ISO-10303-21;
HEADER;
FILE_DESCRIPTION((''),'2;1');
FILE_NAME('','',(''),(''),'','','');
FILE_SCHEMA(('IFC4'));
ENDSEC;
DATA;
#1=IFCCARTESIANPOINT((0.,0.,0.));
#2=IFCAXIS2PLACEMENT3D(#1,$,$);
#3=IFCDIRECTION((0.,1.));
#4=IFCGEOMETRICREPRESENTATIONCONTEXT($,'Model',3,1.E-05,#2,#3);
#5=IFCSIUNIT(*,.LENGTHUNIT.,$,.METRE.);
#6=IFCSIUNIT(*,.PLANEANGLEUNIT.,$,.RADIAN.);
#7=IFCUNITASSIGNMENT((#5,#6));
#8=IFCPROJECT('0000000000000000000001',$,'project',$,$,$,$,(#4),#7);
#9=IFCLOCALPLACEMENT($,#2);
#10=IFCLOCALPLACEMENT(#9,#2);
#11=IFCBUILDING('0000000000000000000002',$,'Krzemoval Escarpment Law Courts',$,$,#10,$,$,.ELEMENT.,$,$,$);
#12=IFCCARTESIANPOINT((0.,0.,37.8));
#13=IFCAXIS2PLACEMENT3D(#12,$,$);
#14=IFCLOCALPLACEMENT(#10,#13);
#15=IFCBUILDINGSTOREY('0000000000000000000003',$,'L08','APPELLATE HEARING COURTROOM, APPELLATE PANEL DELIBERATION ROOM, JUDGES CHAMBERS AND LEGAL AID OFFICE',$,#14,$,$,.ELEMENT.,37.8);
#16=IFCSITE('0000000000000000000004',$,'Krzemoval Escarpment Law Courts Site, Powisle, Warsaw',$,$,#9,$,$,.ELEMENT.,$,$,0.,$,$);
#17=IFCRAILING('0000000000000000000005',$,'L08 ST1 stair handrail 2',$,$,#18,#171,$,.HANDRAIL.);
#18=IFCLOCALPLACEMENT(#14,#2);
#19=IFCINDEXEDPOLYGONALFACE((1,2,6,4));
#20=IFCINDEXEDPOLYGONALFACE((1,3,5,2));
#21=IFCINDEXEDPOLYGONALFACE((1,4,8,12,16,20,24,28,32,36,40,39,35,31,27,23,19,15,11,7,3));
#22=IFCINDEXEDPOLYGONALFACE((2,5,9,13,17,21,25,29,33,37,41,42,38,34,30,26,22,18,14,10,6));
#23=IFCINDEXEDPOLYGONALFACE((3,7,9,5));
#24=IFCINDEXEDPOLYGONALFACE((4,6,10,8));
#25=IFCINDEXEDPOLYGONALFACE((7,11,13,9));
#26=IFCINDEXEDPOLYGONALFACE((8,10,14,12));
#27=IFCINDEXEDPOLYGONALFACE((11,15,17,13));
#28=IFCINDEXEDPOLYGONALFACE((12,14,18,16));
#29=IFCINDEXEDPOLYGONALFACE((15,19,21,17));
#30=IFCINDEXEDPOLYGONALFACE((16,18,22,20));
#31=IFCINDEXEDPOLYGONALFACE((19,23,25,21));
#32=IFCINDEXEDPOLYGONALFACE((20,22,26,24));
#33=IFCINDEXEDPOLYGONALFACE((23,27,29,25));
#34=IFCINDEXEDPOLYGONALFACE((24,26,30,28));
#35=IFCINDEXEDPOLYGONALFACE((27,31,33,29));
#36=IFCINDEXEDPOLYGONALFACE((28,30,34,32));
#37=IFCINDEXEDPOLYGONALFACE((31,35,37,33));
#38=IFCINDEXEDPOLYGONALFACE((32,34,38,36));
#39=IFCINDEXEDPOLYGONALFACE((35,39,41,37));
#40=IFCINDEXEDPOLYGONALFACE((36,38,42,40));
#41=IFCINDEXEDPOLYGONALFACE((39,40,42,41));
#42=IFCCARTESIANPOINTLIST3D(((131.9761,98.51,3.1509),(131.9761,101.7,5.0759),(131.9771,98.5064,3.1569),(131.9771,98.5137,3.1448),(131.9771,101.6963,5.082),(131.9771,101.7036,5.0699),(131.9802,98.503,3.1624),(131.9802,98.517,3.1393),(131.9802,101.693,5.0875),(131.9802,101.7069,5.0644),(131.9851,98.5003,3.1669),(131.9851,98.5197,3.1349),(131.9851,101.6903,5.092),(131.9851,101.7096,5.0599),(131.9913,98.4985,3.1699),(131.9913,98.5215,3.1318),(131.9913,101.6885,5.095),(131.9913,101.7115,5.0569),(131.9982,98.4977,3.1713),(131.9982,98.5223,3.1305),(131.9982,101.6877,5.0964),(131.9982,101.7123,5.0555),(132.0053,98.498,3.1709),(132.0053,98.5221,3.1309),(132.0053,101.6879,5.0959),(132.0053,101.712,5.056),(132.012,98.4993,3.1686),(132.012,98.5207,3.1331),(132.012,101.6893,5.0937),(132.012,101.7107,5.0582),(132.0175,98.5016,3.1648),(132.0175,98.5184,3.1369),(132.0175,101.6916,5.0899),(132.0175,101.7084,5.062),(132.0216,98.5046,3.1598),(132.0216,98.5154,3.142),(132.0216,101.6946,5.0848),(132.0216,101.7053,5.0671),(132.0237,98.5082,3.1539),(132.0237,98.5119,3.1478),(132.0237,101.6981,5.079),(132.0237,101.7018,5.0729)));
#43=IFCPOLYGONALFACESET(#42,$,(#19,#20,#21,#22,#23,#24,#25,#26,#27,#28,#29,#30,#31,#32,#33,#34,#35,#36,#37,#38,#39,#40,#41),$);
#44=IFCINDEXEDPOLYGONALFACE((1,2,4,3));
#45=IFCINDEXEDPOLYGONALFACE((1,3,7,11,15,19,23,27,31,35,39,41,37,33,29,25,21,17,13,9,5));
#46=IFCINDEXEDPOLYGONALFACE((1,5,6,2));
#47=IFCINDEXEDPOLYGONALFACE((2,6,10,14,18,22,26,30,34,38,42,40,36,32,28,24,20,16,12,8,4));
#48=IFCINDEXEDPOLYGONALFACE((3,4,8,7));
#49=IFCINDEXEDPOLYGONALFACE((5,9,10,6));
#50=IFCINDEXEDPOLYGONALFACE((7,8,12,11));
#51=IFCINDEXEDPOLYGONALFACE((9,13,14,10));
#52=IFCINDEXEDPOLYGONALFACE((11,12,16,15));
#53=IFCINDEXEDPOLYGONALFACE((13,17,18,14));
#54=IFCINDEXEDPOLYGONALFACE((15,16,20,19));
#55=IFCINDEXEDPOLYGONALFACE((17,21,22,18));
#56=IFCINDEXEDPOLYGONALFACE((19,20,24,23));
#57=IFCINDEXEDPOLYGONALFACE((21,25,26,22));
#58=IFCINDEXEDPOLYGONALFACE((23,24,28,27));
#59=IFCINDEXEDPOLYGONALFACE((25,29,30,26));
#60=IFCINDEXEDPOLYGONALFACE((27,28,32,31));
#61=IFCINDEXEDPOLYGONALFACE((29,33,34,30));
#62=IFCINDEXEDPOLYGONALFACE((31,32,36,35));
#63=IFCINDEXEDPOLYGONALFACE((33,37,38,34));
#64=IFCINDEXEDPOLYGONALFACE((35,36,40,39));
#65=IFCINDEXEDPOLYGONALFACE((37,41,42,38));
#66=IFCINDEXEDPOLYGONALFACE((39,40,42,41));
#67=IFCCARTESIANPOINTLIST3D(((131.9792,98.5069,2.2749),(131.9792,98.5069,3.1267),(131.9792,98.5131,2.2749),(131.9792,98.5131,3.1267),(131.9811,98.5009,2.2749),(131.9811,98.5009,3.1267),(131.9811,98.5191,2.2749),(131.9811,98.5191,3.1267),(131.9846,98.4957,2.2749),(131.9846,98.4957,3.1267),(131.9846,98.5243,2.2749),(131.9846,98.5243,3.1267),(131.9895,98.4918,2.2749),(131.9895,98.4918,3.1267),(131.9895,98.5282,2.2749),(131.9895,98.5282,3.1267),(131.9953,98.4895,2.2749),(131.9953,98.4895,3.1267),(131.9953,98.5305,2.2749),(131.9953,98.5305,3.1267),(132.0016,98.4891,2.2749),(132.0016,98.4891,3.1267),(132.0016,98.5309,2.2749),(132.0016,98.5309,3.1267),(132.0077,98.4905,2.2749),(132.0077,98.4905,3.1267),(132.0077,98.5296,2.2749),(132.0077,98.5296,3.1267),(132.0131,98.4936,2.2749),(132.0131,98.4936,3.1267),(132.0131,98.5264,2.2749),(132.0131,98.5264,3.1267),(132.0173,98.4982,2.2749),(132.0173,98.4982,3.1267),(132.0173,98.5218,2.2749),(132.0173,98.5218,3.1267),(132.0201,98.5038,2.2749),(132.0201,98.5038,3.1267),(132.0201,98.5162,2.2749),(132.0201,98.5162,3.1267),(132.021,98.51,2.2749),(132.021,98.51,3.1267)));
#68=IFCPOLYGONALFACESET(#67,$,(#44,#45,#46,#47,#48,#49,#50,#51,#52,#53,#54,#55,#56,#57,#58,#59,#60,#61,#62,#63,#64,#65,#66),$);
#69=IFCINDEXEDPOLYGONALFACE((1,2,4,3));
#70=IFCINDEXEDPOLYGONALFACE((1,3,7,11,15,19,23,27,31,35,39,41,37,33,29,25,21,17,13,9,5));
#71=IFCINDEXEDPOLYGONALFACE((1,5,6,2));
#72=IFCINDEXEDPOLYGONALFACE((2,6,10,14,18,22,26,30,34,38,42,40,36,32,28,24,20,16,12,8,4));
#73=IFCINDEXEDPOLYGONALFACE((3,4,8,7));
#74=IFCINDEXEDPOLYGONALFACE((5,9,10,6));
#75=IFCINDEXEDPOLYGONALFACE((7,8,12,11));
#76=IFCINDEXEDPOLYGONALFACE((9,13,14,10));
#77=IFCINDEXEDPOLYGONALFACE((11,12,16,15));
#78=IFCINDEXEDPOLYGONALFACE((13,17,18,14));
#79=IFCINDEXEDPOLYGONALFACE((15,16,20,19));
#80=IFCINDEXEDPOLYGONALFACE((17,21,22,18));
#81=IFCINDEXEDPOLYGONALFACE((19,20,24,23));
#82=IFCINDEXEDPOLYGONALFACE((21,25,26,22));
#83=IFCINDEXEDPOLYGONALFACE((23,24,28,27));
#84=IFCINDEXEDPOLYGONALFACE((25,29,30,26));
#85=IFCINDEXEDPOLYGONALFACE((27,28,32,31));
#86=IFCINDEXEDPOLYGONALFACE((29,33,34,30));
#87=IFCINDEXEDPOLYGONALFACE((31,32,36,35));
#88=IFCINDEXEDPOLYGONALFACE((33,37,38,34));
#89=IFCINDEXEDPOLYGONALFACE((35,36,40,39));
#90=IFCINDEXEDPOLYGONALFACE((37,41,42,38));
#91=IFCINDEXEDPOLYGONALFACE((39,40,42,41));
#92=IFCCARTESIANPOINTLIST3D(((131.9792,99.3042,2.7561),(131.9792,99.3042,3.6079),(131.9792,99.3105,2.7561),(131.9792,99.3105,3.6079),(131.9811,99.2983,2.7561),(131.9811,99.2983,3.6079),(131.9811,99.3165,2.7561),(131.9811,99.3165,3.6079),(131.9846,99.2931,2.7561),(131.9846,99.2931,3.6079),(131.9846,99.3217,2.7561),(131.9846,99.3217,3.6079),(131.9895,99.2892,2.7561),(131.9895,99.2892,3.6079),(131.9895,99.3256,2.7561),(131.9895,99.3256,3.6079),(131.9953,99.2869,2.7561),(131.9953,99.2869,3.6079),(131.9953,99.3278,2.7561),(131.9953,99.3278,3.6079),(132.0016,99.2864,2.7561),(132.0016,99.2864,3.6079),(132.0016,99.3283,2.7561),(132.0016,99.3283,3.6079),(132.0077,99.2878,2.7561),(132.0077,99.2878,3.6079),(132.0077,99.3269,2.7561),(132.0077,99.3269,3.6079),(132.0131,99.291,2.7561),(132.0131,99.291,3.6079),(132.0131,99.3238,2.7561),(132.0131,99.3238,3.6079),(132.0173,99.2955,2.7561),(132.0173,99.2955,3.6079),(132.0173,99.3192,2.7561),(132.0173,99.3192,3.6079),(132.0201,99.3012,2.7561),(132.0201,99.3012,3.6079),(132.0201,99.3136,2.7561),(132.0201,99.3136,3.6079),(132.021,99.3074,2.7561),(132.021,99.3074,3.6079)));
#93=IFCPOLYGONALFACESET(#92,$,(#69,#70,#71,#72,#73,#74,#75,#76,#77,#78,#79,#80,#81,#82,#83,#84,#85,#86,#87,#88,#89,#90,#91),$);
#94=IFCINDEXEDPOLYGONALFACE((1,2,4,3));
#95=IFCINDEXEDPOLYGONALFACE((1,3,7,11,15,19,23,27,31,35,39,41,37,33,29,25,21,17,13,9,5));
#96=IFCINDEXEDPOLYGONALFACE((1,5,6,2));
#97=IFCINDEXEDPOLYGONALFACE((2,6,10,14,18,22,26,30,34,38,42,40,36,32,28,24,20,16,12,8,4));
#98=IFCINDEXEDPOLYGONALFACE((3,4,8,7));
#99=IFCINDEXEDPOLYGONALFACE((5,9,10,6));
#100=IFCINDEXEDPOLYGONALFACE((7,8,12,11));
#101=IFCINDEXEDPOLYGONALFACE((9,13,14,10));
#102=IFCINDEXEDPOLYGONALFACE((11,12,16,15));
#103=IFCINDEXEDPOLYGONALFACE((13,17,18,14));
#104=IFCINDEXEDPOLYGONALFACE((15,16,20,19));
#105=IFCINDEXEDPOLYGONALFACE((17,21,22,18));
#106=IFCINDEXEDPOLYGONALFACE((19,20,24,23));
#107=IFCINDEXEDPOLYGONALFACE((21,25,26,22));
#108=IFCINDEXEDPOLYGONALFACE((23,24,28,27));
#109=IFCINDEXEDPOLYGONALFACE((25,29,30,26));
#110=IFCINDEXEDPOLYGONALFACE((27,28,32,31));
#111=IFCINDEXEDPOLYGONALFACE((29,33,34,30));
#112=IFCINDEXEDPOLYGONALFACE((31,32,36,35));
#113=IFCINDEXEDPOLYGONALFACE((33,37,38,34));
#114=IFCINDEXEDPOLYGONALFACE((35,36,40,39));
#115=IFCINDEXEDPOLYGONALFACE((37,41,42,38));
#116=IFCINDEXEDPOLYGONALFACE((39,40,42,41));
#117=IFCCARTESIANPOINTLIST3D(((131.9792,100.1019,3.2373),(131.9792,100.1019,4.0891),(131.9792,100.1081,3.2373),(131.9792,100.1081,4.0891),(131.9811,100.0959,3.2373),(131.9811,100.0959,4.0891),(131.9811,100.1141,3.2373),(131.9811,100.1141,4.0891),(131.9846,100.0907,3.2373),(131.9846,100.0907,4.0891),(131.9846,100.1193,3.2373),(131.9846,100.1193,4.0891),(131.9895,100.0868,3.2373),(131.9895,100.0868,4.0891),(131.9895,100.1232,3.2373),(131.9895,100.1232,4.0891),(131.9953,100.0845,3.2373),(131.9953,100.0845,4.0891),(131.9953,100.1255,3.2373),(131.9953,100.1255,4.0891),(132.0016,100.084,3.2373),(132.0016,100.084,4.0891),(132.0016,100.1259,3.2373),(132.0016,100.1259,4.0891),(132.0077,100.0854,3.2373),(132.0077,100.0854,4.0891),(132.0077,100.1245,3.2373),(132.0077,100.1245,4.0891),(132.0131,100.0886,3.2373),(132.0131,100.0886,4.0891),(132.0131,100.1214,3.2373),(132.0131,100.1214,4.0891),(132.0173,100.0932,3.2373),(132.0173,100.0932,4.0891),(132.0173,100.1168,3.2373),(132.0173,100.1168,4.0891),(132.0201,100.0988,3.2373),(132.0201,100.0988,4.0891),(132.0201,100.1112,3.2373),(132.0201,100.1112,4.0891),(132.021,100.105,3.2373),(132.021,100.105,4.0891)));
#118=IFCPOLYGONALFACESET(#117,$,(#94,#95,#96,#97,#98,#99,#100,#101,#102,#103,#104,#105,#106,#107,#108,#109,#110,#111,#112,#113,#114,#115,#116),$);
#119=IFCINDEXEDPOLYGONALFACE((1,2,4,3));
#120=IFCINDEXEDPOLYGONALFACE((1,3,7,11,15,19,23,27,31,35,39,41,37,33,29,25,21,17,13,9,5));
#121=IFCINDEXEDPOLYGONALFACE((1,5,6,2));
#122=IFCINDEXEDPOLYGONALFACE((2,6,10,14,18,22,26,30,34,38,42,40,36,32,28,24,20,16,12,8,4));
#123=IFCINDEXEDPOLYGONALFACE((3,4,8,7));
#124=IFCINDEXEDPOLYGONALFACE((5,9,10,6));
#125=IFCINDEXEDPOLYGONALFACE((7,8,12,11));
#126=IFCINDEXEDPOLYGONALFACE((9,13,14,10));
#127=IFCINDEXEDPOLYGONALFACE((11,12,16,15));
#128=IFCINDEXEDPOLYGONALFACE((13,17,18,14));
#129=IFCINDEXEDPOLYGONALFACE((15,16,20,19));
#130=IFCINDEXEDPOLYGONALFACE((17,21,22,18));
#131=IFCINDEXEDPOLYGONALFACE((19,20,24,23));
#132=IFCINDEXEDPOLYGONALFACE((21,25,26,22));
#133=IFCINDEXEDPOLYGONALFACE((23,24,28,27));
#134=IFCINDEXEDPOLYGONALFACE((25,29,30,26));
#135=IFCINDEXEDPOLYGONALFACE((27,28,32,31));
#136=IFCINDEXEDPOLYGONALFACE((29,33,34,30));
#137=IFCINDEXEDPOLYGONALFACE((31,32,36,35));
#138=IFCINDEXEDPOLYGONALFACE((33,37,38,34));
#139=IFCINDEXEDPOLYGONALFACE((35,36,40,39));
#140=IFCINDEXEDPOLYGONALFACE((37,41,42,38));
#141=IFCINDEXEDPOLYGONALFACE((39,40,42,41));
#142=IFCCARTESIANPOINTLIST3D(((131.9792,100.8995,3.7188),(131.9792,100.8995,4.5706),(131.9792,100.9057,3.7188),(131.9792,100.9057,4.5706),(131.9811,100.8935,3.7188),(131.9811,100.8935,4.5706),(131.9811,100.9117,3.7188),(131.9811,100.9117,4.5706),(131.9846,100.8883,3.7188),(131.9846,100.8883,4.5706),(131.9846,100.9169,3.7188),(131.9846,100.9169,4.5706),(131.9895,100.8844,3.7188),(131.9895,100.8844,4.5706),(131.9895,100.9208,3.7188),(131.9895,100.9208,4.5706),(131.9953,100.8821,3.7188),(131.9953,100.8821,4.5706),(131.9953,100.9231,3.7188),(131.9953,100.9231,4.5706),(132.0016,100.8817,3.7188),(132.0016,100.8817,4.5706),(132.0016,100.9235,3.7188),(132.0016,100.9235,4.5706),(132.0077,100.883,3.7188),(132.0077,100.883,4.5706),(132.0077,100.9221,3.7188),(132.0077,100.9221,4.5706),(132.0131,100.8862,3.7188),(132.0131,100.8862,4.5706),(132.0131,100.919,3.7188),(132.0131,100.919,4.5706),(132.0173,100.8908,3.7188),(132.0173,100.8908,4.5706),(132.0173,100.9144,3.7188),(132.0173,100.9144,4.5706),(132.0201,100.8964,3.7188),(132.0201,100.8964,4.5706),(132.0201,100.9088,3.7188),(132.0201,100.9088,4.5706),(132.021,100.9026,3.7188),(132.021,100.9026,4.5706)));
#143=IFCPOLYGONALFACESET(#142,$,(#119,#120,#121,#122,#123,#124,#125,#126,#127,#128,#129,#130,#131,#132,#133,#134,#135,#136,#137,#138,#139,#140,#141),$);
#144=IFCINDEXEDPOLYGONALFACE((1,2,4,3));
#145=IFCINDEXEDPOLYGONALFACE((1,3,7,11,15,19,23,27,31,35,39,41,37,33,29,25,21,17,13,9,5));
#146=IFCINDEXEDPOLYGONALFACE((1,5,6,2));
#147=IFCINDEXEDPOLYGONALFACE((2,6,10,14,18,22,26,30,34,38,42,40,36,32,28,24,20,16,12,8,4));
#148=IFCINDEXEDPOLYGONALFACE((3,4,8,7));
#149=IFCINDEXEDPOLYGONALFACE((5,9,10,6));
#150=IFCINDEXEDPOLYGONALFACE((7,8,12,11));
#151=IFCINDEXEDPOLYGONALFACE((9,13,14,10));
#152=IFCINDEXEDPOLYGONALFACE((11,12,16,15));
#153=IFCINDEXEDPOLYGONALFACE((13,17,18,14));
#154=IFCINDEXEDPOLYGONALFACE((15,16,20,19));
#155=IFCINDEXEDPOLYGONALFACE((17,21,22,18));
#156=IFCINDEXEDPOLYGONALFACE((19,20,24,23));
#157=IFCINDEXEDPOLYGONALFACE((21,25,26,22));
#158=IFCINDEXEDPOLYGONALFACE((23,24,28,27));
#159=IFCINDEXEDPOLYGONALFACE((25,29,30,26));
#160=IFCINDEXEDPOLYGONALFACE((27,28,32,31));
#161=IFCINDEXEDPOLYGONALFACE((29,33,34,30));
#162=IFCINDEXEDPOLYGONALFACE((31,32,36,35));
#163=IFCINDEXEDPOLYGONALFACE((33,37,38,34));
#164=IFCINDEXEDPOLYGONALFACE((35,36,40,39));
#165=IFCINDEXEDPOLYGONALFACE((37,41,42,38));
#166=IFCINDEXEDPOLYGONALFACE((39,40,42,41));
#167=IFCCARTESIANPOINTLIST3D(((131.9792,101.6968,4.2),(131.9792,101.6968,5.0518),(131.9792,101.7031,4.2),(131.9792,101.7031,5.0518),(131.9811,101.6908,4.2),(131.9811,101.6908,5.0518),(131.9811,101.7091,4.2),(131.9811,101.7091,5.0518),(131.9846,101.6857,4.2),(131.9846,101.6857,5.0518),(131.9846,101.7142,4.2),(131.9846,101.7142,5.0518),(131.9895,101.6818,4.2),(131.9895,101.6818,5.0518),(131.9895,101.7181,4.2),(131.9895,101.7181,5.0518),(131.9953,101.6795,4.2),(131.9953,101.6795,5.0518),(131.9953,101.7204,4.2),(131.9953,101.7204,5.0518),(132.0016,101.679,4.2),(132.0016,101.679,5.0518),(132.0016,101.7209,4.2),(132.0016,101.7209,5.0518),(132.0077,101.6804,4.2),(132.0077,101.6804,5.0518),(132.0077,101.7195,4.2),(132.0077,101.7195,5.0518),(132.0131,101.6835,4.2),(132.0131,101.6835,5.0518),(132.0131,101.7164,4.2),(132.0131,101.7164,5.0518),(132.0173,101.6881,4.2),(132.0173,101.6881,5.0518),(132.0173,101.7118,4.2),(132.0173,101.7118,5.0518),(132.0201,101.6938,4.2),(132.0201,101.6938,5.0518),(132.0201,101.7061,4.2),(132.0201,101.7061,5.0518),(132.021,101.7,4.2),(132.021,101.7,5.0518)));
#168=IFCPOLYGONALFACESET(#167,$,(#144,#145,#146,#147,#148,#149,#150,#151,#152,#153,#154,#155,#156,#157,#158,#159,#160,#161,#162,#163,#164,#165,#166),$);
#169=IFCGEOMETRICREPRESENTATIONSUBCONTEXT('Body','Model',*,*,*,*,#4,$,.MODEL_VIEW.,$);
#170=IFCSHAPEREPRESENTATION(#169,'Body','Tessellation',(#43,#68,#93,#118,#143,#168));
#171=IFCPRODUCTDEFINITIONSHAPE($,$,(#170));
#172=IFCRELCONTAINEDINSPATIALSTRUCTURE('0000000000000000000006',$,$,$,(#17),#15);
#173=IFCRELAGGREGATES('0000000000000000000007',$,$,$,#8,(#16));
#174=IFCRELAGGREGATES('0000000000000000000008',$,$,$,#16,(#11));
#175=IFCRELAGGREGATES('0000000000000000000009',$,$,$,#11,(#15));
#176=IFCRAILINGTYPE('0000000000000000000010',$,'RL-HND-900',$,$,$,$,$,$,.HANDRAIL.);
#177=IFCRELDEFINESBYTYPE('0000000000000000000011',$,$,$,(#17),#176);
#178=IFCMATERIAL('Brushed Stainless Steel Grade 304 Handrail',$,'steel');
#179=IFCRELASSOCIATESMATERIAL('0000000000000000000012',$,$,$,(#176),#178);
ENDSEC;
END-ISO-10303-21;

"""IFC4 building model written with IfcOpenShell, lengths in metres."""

from ifc_helpers import new_model, si_unit, direction, frame, origin, origin_2d, place, context, subcontext, project, spatial, circle, extrude, material, type_object, element, save


model = new_model("IFC4")

# Units and contexts
model_context = context("Model", 3, precision=1e-05, world=origin(), true_north=direction((0.0, 1.0)))
body_context = subcontext(model_context, "Body", "Model", "MODEL_VIEW")
ifc_project = project(units=[si_unit("LENGTHUNIT", "METRE"), si_unit("PLANEANGLEUNIT", "RADIAN")], contexts=[model_context])

# Site, building, storey
site_placement = place(None, origin())
site = spatial("IfcSite", under=ifc_project, at=site_placement, Name="Krzemoval Escarpment Law Courts Site, Powisle, Warsaw", CompositionType="ELEMENT", RefElevation=0.0)
building_placement = place(site_placement, origin())
building = spatial("IfcBuilding", under=site, at=building_placement, Name="Krzemoval Escarpment Law Courts", CompositionType="ELEMENT")
storey_placement = place(building_placement, frame((0.0, 0.0, 37.8)))
storey = spatial("IfcBuildingStorey", under=building, at=storey_placement, Name="L08", Description="APPELLATE HEARING COURTROOM, APPELLATE PANEL DELIBERATION ROOM, JUDGES CHAMBERS AND LEGAL AID OFFICE", CompositionType="ELEMENT", Elevation=37.8)

# Railing
ifc_material_1 = material(Name="Brushed Stainless Steel Grade 304 Handrail", Category="steel")
railing_type_1 = type_object("IfcRailingType", Name="RL-HND-900", PredefinedType="HANDRAIL", material=ifc_material_1)
railing_1_placement = place(storey_placement, frame((132.0, 98.51, 2.2749)))
element("IfcRailing", 1, at=railing_1_placement, inside=storey, type_object=railing_type_1, Name="L08 ST1 stair handrail 2", PredefinedType="HANDRAIL", context=body_context, shape_type="SweptSolid", body=[
    extrude(circle(Radius=0.0239, at=origin_2d()), frame((0.0, 0.0, 0.876), z_axis=(0.0, 0.856178, 0.516682), x_axis=(-1.0, 0.0, 0.0)), (0.0, 0.0, 1.0), 3.7258),
    extrude(circle(Radius=0.021, at=origin_2d()), origin(), (0.0, 0.0, 1.0), 0.8518),
    extrude(circle(Radius=0.021, at=origin_2d()), frame((0.0, 0.7974, 0.4812)), (0.0, 0.0, 1.0), 0.8518),
    extrude(circle(Radius=0.021, at=origin_2d()), frame((0.0, 1.595, 0.9624)), (0.0, 0.0, 1.0), 0.8518),
    extrude(circle(Radius=0.021, at=origin_2d()), frame((0.0, 2.3926, 1.4438)), (0.0, 0.0, 1.0), 0.8518),
    extrude(circle(Radius=0.021, at=origin_2d()), frame((0.0, 3.1899, 1.925)), (0.0, 0.0, 1.0), 0.8518),
])

save(model, "model.ifc")
